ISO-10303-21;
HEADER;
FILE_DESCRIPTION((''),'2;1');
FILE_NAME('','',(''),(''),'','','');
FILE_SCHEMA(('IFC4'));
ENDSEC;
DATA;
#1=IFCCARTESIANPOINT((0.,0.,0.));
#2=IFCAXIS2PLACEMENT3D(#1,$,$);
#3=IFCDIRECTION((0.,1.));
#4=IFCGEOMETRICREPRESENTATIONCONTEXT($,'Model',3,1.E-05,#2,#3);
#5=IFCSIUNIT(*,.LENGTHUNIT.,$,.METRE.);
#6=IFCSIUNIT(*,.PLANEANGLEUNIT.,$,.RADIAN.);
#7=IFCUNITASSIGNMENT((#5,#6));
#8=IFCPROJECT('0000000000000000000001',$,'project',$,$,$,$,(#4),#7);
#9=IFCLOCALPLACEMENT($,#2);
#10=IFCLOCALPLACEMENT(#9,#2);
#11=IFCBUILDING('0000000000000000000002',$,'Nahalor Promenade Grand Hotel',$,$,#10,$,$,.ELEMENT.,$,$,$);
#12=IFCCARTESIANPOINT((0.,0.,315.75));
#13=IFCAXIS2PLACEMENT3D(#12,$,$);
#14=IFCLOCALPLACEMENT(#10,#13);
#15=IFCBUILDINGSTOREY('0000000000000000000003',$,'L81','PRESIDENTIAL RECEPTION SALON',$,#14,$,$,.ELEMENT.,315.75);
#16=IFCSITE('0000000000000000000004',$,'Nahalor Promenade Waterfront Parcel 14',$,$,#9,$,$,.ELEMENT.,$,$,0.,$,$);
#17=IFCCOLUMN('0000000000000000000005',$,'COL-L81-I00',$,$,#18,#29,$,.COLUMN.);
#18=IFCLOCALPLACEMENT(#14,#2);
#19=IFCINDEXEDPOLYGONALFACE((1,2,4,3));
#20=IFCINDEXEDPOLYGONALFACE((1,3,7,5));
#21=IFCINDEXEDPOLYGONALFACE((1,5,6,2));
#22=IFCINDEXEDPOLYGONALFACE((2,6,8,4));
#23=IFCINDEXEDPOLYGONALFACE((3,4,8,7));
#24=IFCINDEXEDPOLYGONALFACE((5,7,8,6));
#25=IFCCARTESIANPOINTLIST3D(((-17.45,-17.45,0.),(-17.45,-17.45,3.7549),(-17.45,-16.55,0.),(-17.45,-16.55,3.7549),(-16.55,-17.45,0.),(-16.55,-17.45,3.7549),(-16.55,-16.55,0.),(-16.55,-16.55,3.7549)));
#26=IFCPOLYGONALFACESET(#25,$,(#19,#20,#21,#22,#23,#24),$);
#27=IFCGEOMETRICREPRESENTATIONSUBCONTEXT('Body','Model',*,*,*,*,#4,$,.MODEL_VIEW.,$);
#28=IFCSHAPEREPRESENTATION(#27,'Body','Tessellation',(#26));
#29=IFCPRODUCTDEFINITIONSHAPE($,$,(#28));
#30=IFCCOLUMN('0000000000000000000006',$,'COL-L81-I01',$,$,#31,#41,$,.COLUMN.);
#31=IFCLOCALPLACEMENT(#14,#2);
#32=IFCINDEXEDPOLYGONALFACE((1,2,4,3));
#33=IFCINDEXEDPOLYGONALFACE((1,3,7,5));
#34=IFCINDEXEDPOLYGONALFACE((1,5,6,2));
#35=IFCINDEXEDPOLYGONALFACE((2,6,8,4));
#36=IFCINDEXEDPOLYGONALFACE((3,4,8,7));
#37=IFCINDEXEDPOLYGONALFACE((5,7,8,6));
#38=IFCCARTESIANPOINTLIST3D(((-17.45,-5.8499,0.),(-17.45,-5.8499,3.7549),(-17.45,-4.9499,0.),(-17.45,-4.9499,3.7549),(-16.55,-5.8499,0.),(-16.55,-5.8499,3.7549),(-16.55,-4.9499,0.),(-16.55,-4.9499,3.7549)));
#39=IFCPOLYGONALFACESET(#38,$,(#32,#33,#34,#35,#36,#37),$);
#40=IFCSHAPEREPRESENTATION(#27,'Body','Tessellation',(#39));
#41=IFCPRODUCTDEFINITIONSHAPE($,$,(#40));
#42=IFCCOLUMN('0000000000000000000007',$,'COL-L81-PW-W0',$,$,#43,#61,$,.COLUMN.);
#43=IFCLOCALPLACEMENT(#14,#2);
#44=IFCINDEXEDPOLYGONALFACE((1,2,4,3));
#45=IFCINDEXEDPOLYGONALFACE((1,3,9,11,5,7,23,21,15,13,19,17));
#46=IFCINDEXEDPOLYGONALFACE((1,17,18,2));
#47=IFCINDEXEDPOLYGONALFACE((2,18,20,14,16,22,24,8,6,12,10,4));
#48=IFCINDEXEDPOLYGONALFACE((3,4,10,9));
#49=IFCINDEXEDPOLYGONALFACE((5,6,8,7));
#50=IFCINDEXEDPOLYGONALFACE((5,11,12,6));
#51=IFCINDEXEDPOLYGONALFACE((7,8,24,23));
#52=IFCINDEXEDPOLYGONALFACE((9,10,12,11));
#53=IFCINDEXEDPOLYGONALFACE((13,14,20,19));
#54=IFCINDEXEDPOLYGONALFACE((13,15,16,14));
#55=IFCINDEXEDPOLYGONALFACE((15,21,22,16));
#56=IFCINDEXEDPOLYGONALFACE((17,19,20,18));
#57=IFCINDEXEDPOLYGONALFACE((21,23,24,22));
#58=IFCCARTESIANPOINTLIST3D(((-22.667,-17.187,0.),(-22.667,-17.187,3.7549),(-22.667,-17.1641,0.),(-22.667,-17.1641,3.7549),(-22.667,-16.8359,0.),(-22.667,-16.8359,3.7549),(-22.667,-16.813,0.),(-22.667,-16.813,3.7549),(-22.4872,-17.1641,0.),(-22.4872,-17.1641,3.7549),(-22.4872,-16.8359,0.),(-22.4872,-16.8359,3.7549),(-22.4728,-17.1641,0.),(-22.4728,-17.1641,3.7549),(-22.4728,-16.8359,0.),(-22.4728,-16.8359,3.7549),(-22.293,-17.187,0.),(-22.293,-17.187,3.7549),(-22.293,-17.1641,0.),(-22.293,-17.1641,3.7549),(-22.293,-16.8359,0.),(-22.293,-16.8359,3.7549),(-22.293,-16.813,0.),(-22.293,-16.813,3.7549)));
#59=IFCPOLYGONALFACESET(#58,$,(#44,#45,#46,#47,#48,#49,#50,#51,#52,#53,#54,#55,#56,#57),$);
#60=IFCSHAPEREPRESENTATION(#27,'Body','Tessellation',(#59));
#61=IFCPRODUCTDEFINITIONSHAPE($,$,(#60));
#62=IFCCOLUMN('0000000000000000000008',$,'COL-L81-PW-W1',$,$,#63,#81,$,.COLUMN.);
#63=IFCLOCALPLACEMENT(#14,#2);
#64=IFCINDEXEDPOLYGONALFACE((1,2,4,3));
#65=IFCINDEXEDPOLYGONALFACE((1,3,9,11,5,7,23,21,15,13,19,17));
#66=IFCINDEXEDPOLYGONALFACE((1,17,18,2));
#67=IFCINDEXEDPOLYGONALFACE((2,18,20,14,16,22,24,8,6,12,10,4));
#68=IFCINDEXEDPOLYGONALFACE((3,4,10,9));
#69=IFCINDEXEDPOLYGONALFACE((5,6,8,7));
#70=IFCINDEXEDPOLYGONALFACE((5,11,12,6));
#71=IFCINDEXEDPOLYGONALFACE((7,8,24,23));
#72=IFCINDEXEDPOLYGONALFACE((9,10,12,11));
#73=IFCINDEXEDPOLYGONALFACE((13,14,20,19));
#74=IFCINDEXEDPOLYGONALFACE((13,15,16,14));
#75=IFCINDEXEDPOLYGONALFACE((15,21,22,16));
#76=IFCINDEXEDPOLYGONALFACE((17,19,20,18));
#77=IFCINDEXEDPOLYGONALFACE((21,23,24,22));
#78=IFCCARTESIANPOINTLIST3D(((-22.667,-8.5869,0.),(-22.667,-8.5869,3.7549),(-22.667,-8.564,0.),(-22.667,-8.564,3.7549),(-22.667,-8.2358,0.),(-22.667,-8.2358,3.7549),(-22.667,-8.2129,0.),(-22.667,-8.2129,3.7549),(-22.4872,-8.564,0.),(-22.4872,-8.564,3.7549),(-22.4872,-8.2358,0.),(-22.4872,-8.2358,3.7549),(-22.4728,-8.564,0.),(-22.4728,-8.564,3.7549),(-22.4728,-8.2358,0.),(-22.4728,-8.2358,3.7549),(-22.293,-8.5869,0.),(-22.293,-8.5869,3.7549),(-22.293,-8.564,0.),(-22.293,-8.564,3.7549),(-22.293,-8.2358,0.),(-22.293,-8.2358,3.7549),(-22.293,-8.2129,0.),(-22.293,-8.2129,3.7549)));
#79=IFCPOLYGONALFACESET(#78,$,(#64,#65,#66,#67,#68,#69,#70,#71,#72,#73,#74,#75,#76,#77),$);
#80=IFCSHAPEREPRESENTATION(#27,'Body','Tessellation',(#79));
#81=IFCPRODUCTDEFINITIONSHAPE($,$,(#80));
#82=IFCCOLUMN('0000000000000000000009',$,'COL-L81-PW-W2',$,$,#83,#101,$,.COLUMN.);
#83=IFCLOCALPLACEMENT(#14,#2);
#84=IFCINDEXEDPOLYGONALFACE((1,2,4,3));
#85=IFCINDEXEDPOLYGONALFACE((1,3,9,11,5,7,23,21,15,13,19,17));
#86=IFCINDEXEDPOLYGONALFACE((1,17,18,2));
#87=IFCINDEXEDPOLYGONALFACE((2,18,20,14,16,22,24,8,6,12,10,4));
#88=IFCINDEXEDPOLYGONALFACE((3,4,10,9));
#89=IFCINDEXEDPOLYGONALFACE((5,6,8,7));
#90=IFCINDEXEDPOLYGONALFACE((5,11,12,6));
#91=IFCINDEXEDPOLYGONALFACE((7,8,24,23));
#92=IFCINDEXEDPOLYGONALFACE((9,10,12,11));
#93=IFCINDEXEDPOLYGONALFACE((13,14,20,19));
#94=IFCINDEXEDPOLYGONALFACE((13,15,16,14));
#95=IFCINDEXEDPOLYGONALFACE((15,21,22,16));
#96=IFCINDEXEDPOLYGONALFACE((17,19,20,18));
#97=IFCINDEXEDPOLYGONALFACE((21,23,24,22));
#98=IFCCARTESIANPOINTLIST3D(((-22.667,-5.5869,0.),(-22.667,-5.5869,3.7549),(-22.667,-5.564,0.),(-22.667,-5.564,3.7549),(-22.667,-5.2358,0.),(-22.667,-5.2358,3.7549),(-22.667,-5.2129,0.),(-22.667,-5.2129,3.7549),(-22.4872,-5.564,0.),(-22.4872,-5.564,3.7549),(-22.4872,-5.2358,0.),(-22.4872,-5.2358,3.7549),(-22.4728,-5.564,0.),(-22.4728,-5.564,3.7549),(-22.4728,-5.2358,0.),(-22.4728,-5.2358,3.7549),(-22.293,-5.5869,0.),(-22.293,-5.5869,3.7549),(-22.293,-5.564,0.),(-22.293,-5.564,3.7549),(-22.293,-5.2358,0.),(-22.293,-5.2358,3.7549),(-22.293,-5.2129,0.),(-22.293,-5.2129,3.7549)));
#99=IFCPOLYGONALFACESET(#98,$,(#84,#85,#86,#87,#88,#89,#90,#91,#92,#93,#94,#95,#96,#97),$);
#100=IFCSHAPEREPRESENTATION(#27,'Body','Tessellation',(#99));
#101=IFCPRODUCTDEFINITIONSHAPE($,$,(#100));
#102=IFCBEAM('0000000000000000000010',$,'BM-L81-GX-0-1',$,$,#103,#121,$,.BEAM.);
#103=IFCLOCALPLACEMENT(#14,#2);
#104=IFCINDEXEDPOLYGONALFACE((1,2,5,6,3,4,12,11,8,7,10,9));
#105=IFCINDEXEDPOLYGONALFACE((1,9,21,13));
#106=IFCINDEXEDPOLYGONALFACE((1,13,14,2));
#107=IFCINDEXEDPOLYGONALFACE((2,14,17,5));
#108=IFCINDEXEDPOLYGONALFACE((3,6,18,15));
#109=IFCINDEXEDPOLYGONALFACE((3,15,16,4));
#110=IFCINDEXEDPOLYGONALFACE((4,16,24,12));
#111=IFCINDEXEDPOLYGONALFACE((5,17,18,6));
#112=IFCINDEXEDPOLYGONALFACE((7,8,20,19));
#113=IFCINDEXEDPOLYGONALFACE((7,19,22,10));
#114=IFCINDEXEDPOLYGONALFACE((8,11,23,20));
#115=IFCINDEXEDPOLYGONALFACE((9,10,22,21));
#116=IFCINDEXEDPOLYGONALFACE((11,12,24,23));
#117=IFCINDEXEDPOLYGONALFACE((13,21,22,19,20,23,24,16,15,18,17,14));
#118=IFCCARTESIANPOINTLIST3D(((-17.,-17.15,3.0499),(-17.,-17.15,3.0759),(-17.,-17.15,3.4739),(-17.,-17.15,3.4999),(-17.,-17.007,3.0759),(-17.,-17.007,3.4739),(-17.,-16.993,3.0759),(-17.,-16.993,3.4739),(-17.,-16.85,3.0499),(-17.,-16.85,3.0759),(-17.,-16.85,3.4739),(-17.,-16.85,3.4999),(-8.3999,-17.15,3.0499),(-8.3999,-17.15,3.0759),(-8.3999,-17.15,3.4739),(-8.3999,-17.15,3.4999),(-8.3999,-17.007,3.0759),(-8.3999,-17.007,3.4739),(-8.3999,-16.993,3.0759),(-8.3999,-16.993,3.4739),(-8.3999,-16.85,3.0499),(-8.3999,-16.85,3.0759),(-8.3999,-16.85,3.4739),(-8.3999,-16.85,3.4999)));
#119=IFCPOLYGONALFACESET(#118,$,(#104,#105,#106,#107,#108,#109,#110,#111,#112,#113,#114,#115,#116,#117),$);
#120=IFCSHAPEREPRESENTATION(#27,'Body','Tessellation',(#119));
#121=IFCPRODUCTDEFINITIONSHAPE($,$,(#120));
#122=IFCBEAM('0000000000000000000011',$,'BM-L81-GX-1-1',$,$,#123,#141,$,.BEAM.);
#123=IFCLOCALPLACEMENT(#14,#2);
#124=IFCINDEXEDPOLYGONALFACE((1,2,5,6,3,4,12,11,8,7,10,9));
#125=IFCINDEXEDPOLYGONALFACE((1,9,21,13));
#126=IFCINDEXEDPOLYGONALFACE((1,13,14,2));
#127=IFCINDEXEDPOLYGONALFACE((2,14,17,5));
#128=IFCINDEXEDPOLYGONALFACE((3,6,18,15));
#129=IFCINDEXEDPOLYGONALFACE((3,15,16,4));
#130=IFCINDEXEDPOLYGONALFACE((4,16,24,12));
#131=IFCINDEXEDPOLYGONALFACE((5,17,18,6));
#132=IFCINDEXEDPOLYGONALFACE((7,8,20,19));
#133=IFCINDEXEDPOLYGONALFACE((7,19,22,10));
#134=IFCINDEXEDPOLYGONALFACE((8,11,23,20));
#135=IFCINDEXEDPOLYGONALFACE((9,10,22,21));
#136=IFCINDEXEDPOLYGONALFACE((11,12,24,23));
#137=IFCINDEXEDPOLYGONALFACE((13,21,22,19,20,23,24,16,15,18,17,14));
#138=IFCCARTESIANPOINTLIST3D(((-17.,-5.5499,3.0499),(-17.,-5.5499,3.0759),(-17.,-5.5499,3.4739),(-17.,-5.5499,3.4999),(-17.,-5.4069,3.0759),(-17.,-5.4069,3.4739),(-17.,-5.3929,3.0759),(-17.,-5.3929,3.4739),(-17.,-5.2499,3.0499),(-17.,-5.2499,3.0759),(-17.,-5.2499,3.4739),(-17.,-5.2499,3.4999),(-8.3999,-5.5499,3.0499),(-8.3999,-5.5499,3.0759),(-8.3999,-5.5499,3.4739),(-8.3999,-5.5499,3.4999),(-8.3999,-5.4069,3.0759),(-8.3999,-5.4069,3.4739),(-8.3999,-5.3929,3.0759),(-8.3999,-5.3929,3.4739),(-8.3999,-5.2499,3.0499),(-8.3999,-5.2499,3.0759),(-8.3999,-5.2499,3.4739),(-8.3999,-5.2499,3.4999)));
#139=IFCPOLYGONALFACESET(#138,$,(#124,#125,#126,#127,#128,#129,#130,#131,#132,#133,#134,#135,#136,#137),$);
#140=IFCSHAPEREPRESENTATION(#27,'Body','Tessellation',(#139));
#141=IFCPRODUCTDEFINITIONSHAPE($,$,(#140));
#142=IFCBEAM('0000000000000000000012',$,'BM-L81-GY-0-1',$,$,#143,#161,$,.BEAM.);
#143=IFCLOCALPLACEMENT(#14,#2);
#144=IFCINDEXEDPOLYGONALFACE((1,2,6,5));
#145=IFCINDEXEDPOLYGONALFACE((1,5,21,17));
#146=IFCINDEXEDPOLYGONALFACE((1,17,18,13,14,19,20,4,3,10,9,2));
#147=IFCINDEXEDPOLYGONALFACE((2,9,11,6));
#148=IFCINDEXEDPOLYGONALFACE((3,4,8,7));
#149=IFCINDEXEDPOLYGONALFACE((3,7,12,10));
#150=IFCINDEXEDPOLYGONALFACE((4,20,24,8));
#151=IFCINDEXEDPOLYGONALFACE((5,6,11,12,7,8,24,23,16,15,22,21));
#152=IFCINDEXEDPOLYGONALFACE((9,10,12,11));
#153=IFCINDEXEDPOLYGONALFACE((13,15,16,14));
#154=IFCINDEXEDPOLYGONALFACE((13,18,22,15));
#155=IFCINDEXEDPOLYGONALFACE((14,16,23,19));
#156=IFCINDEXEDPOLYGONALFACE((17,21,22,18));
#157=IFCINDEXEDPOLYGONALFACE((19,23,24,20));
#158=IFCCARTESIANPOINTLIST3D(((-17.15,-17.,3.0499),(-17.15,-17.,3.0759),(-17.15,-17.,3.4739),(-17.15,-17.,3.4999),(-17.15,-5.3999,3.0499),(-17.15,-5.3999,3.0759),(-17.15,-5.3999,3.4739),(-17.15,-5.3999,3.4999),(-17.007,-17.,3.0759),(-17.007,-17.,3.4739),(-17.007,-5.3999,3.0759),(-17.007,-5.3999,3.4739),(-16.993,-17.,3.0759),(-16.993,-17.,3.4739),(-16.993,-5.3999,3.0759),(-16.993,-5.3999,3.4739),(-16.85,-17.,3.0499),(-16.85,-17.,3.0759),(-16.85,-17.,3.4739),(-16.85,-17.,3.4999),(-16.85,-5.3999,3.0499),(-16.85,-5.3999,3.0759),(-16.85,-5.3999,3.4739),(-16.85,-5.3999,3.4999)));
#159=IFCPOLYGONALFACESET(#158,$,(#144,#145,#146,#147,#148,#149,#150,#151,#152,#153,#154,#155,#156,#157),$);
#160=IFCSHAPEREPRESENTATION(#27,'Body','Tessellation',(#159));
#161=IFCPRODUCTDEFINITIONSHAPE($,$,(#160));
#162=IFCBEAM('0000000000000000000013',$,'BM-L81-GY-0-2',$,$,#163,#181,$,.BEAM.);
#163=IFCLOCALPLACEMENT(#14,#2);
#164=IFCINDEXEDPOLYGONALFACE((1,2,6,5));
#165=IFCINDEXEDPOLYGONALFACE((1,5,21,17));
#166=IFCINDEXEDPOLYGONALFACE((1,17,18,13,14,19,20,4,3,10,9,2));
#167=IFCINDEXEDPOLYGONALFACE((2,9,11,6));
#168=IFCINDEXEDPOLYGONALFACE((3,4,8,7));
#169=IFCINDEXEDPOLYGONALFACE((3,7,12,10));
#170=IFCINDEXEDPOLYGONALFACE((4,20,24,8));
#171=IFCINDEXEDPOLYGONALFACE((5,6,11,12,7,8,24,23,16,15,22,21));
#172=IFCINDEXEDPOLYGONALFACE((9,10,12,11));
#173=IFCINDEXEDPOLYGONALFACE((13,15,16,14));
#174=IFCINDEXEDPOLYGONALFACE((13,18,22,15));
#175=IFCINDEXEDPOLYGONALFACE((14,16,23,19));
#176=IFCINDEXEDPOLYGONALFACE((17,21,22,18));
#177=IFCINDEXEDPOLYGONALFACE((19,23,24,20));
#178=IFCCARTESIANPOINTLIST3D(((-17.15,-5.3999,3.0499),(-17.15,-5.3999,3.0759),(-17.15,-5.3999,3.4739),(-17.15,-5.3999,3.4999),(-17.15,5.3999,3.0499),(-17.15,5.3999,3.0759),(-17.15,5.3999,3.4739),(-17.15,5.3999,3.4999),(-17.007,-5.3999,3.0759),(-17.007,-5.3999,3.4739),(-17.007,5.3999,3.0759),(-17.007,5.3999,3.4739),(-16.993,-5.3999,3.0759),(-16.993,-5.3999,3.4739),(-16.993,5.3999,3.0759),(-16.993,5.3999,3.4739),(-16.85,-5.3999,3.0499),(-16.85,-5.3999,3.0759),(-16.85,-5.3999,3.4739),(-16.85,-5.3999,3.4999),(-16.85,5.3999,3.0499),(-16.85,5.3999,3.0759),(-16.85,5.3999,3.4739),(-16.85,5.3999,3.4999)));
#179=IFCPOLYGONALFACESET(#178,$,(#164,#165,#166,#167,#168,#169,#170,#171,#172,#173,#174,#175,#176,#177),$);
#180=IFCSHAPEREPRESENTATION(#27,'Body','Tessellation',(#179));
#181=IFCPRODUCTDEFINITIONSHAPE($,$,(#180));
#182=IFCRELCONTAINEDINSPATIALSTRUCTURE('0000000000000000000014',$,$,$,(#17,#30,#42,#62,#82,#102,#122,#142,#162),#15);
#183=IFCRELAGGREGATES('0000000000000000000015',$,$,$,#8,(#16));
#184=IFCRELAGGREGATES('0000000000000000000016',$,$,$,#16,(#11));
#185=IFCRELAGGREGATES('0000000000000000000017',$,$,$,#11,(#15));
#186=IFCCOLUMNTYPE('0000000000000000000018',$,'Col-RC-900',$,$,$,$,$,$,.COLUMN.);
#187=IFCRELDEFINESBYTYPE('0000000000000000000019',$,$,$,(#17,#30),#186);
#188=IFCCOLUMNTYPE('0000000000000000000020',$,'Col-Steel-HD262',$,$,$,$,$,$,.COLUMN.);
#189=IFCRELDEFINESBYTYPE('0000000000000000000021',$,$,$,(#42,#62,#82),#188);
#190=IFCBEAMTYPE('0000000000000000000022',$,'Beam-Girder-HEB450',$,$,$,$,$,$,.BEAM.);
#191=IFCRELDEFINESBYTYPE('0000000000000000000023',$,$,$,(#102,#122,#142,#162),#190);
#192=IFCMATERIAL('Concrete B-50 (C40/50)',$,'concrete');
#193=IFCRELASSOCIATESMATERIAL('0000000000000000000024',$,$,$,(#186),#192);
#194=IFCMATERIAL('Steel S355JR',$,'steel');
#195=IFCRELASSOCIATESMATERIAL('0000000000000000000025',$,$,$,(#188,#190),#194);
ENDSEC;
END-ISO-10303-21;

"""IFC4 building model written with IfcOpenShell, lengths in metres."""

from ifc_helpers import new_model, si_unit, direction, frame, origin, origin_2d, place, context, subcontext, project, spatial, rectangle, i_section, extrude, source, transform, mapped, material, material_profile, profile_set, type_object, element, save


model = new_model("IFC4")

# Units and contexts
model_context = context("Model", 3, precision=1e-05, world=origin(), true_north=direction((0.0, 1.0)))
body_context = subcontext(model_context, "Body", "Model", "MODEL_VIEW")
ifc_project = project(units=[si_unit("LENGTHUNIT", "METRE"), si_unit("PLANEANGLEUNIT", "RADIAN")], contexts=[model_context])

# Site, building, storey
site_placement = place(None, origin())
site = spatial("IfcSite", under=ifc_project, at=site_placement, Name="Nahalor Promenade Waterfront Parcel 14", CompositionType="ELEMENT", RefElevation=0.0)
building_placement = place(site_placement, origin())
building = spatial("IfcBuilding", under=site, at=building_placement, Name="Nahalor Promenade Grand Hotel", CompositionType="ELEMENT")
storey_placement = place(building_placement, frame((0.0, 0.0, 315.75)))
storey = spatial("IfcBuildingStorey", under=building, at=storey_placement, Name="L81", Description="PRESIDENTIAL RECEPTION SALON", CompositionType="ELEMENT", Elevation=315.75)

# Columns
ifc_material_1 = material(Name="Concrete B-50 (C40/50)", Category="concrete")
ifc_material_profile_1 = material_profile(ifc_material_1, rectangle(XDim=0.9, YDim=0.9, at=origin_2d()), Name="RC 900x900")
ifc_profile_set_1 = profile_set([ifc_material_profile_1], Name="Concrete B-50 (C40/50)")
column_type_1 = type_object("IfcColumnType", Name="Col-RC-900", PredefinedType="COLUMN", material=ifc_profile_set_1)
shared_shape_1 = source(origin(), body_context, "Body", "SweptSolid", [
    extrude(rectangle(XDim=0.9, YDim=0.9, at=origin_2d()), origin(), (0.0, 0.0, 1.0), 3.7549),
])
for number, where, z_axis, x_axis, name in (
    (1, (-17.0, -17.0, 0.0), (0.0, 0.0, 1.0), (1.0, 0.0, 0.0), "COL-L81-I00"),
    (2, (-17.0, -5.3999, 0.0), (0.0, 0.0, 1.0), (1.0, 0.0, 0.0), "COL-L81-I01"),
):
    element("IfcColumn", number, at=place(storey_placement, frame(where, z_axis=z_axis, x_axis=x_axis)), inside=storey, type_object=column_type_1, Name=name, PredefinedType="COLUMN", context=body_context, shape_type="MappedRepresentation", body=[
        mapped(shared_shape_1, transform((0.0, 0.0, 0.0), scale=1.0)),
    ])
ifc_material_2 = material(Name="Steel S355JR", Category="steel")
ifc_material_profile_2 = material_profile(ifc_material_2, i_section(OverallWidth=0.374, OverallDepth=0.374, WebThickness=0.0144, FlangeThickness=0.0229, at=origin_2d()), Name="HD 360x262")
ifc_profile_set_2 = profile_set([ifc_material_profile_2], Name="Steel S355JR")
column_type_2 = type_object("IfcColumnType", Name="Col-Steel-HD262", PredefinedType="COLUMN", material=ifc_profile_set_2)
shared_shape_2 = source(origin(), body_context, "Body", "SweptSolid", [
    extrude(i_section(OverallWidth=0.374, OverallDepth=0.374, WebThickness=0.0144, FlangeThickness=0.0229, at=origin_2d()), origin(), (0.0, 0.0, 1.0), 3.7549),
])
for number, where, z_axis, x_axis, name in (
    (3, (-22.48, -17.0, 0.0), (0.0, 0.0, 1.0), (1.0, 0.0, 0.0), "COL-L81-PW-W0"),
    (4, (-22.48, -8.3999, 0.0), (0.0, 0.0, 1.0), (1.0, 0.0, 0.0), "COL-L81-PW-W1"),
    (5, (-22.48, -5.3999, 0.0), (0.0, 0.0, 1.0), (1.0, 0.0, 0.0), "COL-L81-PW-W2"),
):
    element("IfcColumn", number, at=place(storey_placement, frame(where, z_axis=z_axis, x_axis=x_axis)), inside=storey, type_object=column_type_2, Name=name, PredefinedType="COLUMN", context=body_context, shape_type="MappedRepresentation", body=[
        mapped(shared_shape_2, transform((0.0, 0.0, 0.0), scale=1.0)),
    ])

# Beams
ifc_material_profile_3 = material_profile(ifc_material_2, i_section(OverallWidth=0.3, OverallDepth=0.45, WebThickness=0.014, FlangeThickness=0.026, at=origin_2d()), Name="HEB 450")
ifc_profile_set_3 = profile_set([ifc_material_profile_3], Name="Steel S355JR")
beam_type_1 = type_object("IfcBeamType", Name="Beam-Girder-HEB450", PredefinedType="BEAM", material=ifc_profile_set_3)
shared_shape_3 = source(origin(), body_context, "Body", "SweptSolid", [
    extrude(i_section(OverallWidth=0.3, OverallDepth=0.45, WebThickness=0.014, FlangeThickness=0.026, at=origin_2d()), origin(), (0.0, 0.0, 1.0), 8.6001),
])
for number, where, z_axis, x_axis, name in (
    (6, (-17.0, -17.0, 3.2749), (1.0, 0.0, 0.0), (0.0, 1.0, 0.0), "BM-L81-GX-0-1"),
    (7, (-17.0, -5.3999, 3.2749), (1.0, 0.0, 0.0), (0.0, 1.0, 0.0), "BM-L81-GX-1-1"),
):
    element("IfcBeam", number, at=place(storey_placement, frame(where, z_axis=z_axis, x_axis=x_axis)), inside=storey, type_object=beam_type_1, Name=name, PredefinedType="BEAM", context=body_context, shape_type="MappedRepresentation", body=[
        mapped(shared_shape_3, transform((0.0, 0.0, 0.0), scale=1.0)),
    ])
shared_shape_4 = source(origin(), body_context, "Body", "SweptSolid", [
    extrude(i_section(OverallWidth=0.3, OverallDepth=0.45, WebThickness=0.014, FlangeThickness=0.026, at=origin_2d()), origin(), (0.0, 0.0, 1.0), 11.6001),
])
beam_1_placement = place(storey_placement, frame((-17.0, -17.0, 3.2749), z_axis=(0.0, 1.0, 0.0), x_axis=(-1.0, 0.0, 0.0)))
element("IfcBeam", 8, at=beam_1_placement, inside=storey, type_object=beam_type_1, Name="BM-L81-GY-0-1", PredefinedType="BEAM", context=body_context, shape_type="MappedRepresentation", body=[
    mapped(shared_shape_4, transform((0.0, 0.0, 0.0), scale=1.0)),
])
shared_shape_5 = source(origin(), body_context, "Body", "SweptSolid", [
    extrude(i_section(OverallWidth=0.3, OverallDepth=0.45, WebThickness=0.014, FlangeThickness=0.026, at=origin_2d()), origin(), (0.0, 0.0, 1.0), 10.7998),
])
beam_2_placement = place(storey_placement, frame((-17.0, -5.3999, 3.2749), z_axis=(0.0, 1.0, 0.0), x_axis=(-1.0, 0.0, 0.0)))
element("IfcBeam", 9, at=beam_2_placement, inside=storey, type_object=beam_type_1, Name="BM-L81-GY-0-2", PredefinedType="BEAM", context=body_context, shape_type="MappedRepresentation", body=[
    mapped(shared_shape_5, transform((0.0, 0.0, 0.0), scale=1.0)),
])

save(model, "model.ifc")
